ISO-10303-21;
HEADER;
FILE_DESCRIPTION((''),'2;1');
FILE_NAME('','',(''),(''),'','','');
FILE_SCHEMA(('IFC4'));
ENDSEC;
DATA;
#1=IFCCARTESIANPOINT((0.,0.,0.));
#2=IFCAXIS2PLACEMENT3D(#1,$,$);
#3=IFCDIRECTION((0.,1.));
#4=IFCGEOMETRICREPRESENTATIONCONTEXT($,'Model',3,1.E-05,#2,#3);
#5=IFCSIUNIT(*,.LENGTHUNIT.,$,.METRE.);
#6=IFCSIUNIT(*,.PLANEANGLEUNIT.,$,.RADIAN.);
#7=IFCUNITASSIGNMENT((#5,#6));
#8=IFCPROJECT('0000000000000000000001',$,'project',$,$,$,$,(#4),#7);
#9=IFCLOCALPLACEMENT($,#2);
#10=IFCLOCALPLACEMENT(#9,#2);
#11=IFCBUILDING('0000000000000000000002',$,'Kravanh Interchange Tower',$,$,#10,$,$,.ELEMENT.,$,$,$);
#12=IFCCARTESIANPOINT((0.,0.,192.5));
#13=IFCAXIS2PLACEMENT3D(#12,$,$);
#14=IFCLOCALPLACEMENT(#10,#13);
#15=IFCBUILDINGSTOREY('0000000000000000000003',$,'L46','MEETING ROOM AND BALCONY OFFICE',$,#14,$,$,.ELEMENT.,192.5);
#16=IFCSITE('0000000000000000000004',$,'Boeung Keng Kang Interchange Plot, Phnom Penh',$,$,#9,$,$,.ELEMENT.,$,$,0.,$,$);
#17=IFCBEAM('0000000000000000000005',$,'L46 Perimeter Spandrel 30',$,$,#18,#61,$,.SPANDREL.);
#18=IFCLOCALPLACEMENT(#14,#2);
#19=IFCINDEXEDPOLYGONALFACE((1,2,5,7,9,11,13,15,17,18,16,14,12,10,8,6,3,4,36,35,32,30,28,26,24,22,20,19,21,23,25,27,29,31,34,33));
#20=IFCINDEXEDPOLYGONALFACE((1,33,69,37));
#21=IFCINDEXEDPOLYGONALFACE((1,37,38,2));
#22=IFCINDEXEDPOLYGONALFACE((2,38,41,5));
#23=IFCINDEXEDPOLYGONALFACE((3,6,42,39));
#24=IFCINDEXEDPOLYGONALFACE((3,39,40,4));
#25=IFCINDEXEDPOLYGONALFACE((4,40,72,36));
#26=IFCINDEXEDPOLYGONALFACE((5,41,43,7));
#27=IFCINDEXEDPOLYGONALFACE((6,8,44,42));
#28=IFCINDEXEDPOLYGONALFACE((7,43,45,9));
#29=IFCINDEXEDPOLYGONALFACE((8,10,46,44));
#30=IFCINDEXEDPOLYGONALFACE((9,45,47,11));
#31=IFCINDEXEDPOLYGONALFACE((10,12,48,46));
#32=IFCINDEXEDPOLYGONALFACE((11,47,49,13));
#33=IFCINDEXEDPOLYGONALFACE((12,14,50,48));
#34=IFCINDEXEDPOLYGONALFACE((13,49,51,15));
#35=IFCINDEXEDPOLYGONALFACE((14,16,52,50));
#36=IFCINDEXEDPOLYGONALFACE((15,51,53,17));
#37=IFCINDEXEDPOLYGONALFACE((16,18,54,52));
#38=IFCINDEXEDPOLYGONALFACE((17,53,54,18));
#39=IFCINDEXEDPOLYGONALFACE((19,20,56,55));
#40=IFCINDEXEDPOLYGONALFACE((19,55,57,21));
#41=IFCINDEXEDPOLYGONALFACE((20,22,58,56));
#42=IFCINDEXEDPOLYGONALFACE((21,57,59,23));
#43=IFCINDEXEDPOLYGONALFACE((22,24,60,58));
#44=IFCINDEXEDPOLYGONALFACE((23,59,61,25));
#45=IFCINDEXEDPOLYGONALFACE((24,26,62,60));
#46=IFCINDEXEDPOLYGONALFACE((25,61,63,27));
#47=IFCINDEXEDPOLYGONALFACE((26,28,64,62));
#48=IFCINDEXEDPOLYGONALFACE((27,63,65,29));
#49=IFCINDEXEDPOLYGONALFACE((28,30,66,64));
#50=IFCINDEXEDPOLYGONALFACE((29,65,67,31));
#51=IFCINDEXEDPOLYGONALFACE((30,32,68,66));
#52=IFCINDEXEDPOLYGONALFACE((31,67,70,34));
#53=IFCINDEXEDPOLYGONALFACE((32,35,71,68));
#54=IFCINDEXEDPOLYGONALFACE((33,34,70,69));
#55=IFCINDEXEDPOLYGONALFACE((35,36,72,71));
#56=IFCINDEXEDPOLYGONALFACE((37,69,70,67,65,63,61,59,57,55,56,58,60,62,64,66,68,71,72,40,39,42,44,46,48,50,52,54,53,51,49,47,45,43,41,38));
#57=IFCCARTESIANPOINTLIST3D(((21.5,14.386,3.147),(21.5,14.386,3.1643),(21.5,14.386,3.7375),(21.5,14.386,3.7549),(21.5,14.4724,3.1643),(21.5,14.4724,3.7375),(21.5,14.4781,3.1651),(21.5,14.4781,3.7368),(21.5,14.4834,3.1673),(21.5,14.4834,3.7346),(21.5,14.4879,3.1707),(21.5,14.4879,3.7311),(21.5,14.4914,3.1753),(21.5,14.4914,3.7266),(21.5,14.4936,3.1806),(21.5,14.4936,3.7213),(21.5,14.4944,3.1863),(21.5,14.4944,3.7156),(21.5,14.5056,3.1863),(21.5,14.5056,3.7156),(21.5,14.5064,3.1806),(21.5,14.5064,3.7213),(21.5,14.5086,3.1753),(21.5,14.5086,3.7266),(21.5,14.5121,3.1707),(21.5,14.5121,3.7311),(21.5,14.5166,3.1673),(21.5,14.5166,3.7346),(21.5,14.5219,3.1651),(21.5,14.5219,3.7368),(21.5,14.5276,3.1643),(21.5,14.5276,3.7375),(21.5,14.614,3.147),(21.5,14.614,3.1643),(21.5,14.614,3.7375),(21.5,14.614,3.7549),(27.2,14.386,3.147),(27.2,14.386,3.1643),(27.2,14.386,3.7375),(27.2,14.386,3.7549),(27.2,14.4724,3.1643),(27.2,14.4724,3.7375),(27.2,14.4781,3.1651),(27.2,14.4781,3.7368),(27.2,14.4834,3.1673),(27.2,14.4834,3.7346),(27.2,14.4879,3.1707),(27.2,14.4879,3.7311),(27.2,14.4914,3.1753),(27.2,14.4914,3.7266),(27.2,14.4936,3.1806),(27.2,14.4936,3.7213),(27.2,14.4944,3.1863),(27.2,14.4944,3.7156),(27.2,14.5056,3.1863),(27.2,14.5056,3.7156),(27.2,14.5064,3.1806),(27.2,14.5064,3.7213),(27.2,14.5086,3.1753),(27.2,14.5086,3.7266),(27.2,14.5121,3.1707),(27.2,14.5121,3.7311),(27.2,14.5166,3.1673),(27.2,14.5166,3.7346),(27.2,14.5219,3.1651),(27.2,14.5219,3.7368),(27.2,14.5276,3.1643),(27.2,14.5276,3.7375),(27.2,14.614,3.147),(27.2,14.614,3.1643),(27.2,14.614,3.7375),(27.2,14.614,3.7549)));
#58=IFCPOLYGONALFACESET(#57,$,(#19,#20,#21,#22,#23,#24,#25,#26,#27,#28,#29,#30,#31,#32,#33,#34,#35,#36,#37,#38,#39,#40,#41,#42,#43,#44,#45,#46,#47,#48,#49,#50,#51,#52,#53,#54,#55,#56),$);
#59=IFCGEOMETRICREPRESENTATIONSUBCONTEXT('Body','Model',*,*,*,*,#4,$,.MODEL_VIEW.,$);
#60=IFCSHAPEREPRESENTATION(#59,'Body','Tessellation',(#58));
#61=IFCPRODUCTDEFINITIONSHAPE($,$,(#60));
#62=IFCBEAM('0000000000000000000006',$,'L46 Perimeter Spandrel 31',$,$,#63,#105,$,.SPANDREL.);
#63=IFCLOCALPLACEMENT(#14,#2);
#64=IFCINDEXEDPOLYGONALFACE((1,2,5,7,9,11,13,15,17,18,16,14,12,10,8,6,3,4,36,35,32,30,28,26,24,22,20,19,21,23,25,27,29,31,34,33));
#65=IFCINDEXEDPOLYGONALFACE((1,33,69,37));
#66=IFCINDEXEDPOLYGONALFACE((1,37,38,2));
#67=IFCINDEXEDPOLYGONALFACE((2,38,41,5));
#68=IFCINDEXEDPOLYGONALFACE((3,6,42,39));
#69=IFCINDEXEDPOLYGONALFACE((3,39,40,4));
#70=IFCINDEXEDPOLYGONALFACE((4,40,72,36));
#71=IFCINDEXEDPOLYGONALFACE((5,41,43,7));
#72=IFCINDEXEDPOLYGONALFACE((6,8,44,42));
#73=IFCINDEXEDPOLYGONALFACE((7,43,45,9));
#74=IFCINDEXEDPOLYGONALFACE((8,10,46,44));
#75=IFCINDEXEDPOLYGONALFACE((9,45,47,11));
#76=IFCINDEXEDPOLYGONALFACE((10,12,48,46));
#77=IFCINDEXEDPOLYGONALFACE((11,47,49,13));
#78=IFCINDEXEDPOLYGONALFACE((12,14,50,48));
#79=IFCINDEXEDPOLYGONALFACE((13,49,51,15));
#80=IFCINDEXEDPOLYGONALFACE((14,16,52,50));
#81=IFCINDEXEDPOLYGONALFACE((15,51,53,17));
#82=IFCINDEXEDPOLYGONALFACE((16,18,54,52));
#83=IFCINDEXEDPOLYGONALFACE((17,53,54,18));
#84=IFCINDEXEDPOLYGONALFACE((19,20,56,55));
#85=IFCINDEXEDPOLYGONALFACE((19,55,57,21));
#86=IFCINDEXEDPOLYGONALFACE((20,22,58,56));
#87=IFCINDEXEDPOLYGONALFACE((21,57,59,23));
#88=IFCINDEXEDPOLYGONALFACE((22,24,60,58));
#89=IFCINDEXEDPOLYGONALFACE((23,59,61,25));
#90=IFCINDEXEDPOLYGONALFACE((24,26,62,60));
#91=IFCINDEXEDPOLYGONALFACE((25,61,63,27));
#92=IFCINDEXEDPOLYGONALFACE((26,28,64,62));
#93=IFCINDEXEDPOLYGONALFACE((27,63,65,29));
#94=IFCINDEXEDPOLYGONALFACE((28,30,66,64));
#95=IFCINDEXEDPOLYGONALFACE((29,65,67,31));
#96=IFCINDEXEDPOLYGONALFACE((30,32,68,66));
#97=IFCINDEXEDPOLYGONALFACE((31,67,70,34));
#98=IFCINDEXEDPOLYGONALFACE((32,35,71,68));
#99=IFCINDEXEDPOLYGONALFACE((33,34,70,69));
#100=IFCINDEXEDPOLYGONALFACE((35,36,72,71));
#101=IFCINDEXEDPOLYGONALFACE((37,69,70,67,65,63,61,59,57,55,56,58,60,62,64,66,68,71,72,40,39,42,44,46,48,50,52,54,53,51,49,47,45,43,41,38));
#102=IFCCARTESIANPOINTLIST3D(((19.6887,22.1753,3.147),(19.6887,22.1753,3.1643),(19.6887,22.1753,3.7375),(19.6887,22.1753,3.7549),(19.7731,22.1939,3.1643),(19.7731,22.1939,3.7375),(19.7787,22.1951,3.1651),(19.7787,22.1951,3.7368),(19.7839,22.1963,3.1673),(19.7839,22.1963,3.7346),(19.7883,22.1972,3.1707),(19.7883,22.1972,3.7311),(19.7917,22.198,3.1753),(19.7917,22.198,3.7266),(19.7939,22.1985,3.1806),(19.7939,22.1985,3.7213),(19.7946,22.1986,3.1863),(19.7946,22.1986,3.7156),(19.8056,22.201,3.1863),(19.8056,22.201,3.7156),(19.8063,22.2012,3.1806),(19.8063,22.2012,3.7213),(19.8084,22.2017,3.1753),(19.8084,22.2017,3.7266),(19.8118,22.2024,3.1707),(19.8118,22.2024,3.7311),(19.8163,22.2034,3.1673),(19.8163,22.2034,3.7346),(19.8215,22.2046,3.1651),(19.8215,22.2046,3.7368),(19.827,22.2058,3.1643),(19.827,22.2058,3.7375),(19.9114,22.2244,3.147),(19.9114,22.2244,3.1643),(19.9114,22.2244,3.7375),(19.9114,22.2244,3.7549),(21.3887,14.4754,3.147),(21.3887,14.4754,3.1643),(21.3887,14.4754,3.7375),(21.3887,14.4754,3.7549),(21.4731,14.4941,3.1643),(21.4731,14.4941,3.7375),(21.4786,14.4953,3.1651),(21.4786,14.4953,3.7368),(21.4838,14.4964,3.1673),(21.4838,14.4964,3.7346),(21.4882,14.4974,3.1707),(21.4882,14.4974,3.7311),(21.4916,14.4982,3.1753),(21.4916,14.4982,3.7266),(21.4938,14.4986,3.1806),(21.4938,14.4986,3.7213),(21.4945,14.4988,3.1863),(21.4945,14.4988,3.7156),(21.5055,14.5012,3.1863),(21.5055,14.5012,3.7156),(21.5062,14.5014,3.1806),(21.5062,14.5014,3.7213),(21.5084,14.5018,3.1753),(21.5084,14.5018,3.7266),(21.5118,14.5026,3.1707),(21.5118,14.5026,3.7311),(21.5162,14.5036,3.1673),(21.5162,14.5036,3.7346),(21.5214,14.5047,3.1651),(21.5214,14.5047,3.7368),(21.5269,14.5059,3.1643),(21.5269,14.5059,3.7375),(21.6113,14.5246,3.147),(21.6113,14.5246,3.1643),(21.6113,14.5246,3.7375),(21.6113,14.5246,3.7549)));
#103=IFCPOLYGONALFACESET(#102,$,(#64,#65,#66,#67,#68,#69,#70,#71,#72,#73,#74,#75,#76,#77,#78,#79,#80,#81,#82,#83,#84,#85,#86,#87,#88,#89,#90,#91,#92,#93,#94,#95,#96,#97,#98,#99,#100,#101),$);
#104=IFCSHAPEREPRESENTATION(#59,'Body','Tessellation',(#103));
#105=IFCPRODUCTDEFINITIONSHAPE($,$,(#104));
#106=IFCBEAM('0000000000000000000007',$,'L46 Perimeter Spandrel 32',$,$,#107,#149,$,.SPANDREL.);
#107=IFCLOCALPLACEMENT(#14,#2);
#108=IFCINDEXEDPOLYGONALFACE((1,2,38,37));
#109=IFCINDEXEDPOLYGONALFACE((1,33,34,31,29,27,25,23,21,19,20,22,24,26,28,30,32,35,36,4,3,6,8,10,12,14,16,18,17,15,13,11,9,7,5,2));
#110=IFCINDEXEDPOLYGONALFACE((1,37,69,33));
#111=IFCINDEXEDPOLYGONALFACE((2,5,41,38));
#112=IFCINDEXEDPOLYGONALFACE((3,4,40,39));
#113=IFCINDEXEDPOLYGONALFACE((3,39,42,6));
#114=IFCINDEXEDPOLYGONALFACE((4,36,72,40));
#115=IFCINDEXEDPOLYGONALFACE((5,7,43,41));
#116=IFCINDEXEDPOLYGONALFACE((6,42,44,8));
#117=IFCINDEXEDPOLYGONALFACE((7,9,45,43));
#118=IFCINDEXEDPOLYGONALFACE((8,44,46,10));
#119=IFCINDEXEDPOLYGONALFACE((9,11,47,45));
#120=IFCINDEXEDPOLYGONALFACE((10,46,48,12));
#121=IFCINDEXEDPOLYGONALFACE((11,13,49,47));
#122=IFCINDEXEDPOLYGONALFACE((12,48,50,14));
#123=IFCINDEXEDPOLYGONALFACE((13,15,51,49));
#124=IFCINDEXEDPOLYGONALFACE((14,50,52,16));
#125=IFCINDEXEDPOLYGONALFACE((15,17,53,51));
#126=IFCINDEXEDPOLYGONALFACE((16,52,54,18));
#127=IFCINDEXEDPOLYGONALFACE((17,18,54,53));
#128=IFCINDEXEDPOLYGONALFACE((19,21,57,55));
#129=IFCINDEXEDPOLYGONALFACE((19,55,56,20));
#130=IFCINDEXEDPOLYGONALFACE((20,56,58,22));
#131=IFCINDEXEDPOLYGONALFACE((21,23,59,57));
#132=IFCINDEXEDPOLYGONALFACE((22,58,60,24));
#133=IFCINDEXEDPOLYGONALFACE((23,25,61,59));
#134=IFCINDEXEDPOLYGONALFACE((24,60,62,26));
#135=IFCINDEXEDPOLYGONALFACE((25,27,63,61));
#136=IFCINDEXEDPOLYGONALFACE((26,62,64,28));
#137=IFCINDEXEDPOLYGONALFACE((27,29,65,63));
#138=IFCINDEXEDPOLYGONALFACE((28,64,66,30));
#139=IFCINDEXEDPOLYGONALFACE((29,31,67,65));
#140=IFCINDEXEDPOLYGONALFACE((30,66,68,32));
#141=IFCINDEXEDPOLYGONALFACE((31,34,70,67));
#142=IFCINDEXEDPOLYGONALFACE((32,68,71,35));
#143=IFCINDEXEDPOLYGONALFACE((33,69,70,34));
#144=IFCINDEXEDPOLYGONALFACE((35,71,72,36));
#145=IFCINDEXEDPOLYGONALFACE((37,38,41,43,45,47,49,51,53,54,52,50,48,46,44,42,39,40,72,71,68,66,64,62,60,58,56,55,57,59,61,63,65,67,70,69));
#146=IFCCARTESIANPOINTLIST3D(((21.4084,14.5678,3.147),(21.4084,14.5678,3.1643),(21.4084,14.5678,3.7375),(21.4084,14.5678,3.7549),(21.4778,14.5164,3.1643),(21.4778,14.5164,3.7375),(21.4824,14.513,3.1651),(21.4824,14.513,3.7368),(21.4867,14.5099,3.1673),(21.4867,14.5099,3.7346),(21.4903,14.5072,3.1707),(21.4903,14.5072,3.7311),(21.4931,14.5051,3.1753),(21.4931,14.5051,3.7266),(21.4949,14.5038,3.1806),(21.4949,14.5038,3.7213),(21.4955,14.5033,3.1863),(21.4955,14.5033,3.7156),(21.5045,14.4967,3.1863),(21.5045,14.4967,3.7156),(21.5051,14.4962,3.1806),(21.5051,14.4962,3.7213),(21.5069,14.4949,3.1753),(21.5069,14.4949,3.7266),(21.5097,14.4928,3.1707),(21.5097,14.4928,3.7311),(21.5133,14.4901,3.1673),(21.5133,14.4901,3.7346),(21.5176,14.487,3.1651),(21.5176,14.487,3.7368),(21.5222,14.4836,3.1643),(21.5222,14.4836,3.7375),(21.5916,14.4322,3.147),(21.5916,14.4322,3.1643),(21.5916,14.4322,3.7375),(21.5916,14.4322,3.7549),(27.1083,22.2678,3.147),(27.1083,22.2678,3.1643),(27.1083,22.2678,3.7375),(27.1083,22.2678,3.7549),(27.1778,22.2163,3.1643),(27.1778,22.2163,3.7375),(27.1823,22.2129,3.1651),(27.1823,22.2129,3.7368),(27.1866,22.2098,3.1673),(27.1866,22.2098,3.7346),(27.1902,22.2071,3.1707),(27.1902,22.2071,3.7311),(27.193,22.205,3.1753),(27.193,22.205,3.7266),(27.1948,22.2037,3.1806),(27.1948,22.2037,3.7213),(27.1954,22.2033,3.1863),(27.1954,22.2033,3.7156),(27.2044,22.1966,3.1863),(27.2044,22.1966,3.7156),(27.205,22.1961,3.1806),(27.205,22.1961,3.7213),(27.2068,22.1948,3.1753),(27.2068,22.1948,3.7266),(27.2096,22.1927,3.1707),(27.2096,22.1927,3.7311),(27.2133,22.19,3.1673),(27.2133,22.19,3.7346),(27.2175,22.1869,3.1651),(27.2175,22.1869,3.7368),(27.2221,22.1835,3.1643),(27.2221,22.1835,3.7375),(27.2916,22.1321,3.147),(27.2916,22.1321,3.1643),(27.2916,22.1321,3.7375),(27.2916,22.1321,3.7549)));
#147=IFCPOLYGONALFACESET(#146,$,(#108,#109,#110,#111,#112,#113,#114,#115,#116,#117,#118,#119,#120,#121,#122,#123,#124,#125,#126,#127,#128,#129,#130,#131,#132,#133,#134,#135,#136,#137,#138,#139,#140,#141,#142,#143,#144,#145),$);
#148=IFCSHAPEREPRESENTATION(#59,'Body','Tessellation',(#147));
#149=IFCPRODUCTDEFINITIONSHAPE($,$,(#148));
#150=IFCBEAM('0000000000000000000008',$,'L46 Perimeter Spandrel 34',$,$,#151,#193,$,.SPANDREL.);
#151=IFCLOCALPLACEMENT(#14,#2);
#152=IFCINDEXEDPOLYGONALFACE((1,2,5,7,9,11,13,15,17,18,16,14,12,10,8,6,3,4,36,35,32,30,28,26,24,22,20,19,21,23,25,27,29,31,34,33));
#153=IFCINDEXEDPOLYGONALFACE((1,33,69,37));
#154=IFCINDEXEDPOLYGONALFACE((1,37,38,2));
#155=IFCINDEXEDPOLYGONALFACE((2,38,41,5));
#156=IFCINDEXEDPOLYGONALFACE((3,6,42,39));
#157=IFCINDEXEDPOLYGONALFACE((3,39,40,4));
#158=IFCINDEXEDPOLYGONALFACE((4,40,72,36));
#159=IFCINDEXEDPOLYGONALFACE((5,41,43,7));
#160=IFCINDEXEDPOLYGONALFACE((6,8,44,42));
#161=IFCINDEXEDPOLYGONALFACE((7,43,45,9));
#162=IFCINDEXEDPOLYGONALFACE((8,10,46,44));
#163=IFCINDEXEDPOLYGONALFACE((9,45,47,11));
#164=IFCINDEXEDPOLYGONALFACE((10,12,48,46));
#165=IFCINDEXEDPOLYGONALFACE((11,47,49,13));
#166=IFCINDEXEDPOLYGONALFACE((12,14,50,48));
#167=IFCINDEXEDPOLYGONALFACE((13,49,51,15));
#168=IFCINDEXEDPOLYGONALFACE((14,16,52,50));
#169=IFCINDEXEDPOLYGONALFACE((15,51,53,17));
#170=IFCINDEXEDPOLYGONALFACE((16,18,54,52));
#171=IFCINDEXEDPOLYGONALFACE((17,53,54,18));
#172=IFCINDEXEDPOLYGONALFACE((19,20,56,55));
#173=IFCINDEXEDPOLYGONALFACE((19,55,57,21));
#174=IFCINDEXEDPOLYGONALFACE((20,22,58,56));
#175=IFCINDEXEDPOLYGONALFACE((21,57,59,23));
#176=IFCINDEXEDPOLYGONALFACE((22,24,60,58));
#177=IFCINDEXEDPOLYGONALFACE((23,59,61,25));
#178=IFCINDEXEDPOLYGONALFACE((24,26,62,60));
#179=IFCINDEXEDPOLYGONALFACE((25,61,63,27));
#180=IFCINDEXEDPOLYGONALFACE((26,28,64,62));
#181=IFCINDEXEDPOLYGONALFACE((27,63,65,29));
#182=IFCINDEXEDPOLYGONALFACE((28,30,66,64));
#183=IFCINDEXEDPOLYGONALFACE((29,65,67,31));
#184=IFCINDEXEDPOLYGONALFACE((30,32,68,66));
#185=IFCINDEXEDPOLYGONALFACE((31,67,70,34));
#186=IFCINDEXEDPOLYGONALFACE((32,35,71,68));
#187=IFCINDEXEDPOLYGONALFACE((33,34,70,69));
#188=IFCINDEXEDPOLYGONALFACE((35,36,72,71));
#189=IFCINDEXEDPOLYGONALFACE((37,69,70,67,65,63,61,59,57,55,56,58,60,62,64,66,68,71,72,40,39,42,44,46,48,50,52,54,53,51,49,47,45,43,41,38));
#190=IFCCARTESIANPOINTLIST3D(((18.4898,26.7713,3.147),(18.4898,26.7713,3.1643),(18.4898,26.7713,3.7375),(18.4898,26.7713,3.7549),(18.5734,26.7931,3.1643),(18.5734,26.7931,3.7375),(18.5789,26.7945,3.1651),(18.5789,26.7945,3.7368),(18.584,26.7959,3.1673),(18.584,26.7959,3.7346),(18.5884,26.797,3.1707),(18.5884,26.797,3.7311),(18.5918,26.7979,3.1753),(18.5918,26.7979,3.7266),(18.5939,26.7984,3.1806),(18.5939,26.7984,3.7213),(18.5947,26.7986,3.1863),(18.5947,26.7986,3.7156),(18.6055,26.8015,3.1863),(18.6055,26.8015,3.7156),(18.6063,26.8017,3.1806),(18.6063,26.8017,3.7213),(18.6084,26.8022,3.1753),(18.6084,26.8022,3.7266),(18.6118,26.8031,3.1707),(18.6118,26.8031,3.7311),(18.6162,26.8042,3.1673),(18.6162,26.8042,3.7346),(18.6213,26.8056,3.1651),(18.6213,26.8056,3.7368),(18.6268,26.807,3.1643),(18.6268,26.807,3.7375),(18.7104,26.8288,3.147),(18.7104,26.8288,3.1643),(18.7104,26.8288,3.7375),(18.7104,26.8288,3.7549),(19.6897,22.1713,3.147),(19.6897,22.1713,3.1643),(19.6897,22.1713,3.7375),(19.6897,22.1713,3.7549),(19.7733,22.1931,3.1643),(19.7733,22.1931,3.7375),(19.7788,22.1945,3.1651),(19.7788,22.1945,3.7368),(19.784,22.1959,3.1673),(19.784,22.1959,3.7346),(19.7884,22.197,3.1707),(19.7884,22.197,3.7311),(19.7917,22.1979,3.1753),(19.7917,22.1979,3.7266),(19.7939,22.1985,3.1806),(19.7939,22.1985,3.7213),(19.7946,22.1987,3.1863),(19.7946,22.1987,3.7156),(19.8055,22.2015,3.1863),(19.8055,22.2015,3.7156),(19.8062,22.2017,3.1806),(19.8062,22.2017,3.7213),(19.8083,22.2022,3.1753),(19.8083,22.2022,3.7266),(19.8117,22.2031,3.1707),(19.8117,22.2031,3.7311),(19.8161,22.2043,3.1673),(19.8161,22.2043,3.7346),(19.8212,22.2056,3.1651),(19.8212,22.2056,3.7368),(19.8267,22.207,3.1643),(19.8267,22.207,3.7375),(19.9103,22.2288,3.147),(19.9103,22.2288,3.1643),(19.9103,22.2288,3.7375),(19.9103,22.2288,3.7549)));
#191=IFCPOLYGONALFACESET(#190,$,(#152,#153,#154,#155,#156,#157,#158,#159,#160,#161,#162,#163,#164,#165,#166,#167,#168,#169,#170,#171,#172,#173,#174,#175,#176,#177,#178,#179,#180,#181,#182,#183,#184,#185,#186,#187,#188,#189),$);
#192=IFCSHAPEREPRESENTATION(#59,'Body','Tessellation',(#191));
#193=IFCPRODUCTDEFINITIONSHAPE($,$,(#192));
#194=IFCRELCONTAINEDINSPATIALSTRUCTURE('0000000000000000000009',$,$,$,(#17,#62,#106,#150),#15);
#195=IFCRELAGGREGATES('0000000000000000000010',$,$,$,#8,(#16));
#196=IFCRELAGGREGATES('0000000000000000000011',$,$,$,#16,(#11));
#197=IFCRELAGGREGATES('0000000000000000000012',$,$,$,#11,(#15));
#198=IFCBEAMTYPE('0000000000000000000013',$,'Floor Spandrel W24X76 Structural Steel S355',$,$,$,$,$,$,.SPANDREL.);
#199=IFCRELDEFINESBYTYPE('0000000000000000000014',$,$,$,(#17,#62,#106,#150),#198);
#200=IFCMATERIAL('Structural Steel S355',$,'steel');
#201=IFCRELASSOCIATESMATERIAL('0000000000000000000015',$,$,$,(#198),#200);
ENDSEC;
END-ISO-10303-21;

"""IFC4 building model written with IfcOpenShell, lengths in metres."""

from ifc_helpers import new_model, si_unit, direction, frame, origin, origin_2d, place, context, subcontext, project, spatial, i_section, extrude, material, material_profile, profile_set, type_object, element, save


model = new_model("IFC4")

# Units and contexts
model_context = context("Model", 3, precision=1e-05, world=origin(), true_north=direction((0.0, 1.0)))
body_context = subcontext(model_context, "Body", "Model", "MODEL_VIEW")
ifc_project = project(units=[si_unit("LENGTHUNIT", "METRE"), si_unit("PLANEANGLEUNIT", "RADIAN")], contexts=[model_context])

# Site, building, storey
site_placement = place(None, origin())
site = spatial("IfcSite", under=ifc_project, at=site_placement, Name="Boeung Keng Kang Interchange Plot, Phnom Penh", CompositionType="ELEMENT", RefElevation=0.0)
building_placement = place(site_placement, origin())
building = spatial("IfcBuilding", under=site, at=building_placement, Name="Kravanh Interchange Tower", CompositionType="ELEMENT")
storey_placement = place(building_placement, frame((0.0, 0.0, 192.5)))
storey = spatial("IfcBuildingStorey", under=building, at=storey_placement, Name="L46", Description="MEETING ROOM AND BALCONY OFFICE", CompositionType="ELEMENT", Elevation=192.5)

# Beams
ifc_material_1 = material(Name="Structural Steel S355", Category="steel")
ifc_material_profile_1 = material_profile(ifc_material_1, i_section(OverallWidth=0.228, OverallDepth=0.6079, WebThickness=0.0112, FlangeThickness=0.0173, FilletRadius=0.022, at=origin_2d()), Name="W24X76")
ifc_profile_set_1 = profile_set([ifc_material_profile_1], Name="Structural Steel S355")
beam_type_1 = type_object("IfcBeamType", Name="Floor Spandrel W24X76 Structural Steel S355", PredefinedType="SPANDREL", material=ifc_profile_set_1)
beam_1_placement = place(storey_placement, frame((21.5, 14.5, 3.4509), z_axis=(1.0, 0.0, 0.0), x_axis=(0.0, 1.0, 0.0)))
element("IfcBeam", 1, at=beam_1_placement, inside=storey, type_object=beam_type_1, Name="L46 Perimeter Spandrel 30", PredefinedType="SPANDREL", context=body_context, shape_type="SweptSolid", body=[
    extrude(i_section(OverallWidth=0.228, OverallDepth=0.6079, WebThickness=0.0112, FlangeThickness=0.0173, FilletRadius=0.022, at=origin_2d()), origin(), (0.0, 0.0, 1.0), 5.7),
])
beam_2_placement = place(storey_placement, frame((21.5, 14.5, 3.4509), z_axis=(-0.215583, 0.976486, 0.0), x_axis=(-0.976486, -0.215583, 0.0)))
element("IfcBeam", 2, at=beam_2_placement, inside=storey, type_object=beam_type_1, Name="L46 Perimeter Spandrel 31", PredefinedType="SPANDREL", context=body_context, shape_type="SweptSolid", body=[
    extrude(i_section(OverallWidth=0.228, OverallDepth=0.6079, WebThickness=0.0112, FlangeThickness=0.0173, FilletRadius=0.022, at=origin_2d()), origin(), (0.0, 0.0, 1.0), 7.8853),
])
beam_3_placement = place(storey_placement, frame((21.5, 14.5, 3.4509), z_axis=(0.594977, 0.803743, 0.0), x_axis=(-0.803743, 0.594977, 0.0)))
element("IfcBeam", 3, at=beam_3_placement, inside=storey, type_object=beam_type_1, Name="L46 Perimeter Spandrel 32", PredefinedType="SPANDREL", context=body_context, shape_type="SweptSolid", body=[
    extrude(i_section(OverallWidth=0.228, OverallDepth=0.6079, WebThickness=0.0112, FlangeThickness=0.0173, FilletRadius=0.022, at=origin_2d()), origin(), (0.0, 0.0, 1.0), 9.5801),
])
beam_4_placement = place(storey_placement, frame((18.6001, 26.8, 3.4509), z_axis=(0.252407, -0.967621, 0.0), x_axis=(0.967621, 0.252407, 0.0)))
element("IfcBeam", 4, at=beam_4_placement, inside=storey, type_object=beam_type_1, Name="L46 Perimeter Spandrel 34", PredefinedType="SPANDREL", context=body_context, shape_type="SweptSolid", body=[
    extrude(i_section(OverallWidth=0.228, OverallDepth=0.6079, WebThickness=0.0112, FlangeThickness=0.0173, FilletRadius=0.022, at=origin_2d()), origin(), (0.0, 0.0, 1.0), 4.7539),
])

save(model, "model.ifc")
